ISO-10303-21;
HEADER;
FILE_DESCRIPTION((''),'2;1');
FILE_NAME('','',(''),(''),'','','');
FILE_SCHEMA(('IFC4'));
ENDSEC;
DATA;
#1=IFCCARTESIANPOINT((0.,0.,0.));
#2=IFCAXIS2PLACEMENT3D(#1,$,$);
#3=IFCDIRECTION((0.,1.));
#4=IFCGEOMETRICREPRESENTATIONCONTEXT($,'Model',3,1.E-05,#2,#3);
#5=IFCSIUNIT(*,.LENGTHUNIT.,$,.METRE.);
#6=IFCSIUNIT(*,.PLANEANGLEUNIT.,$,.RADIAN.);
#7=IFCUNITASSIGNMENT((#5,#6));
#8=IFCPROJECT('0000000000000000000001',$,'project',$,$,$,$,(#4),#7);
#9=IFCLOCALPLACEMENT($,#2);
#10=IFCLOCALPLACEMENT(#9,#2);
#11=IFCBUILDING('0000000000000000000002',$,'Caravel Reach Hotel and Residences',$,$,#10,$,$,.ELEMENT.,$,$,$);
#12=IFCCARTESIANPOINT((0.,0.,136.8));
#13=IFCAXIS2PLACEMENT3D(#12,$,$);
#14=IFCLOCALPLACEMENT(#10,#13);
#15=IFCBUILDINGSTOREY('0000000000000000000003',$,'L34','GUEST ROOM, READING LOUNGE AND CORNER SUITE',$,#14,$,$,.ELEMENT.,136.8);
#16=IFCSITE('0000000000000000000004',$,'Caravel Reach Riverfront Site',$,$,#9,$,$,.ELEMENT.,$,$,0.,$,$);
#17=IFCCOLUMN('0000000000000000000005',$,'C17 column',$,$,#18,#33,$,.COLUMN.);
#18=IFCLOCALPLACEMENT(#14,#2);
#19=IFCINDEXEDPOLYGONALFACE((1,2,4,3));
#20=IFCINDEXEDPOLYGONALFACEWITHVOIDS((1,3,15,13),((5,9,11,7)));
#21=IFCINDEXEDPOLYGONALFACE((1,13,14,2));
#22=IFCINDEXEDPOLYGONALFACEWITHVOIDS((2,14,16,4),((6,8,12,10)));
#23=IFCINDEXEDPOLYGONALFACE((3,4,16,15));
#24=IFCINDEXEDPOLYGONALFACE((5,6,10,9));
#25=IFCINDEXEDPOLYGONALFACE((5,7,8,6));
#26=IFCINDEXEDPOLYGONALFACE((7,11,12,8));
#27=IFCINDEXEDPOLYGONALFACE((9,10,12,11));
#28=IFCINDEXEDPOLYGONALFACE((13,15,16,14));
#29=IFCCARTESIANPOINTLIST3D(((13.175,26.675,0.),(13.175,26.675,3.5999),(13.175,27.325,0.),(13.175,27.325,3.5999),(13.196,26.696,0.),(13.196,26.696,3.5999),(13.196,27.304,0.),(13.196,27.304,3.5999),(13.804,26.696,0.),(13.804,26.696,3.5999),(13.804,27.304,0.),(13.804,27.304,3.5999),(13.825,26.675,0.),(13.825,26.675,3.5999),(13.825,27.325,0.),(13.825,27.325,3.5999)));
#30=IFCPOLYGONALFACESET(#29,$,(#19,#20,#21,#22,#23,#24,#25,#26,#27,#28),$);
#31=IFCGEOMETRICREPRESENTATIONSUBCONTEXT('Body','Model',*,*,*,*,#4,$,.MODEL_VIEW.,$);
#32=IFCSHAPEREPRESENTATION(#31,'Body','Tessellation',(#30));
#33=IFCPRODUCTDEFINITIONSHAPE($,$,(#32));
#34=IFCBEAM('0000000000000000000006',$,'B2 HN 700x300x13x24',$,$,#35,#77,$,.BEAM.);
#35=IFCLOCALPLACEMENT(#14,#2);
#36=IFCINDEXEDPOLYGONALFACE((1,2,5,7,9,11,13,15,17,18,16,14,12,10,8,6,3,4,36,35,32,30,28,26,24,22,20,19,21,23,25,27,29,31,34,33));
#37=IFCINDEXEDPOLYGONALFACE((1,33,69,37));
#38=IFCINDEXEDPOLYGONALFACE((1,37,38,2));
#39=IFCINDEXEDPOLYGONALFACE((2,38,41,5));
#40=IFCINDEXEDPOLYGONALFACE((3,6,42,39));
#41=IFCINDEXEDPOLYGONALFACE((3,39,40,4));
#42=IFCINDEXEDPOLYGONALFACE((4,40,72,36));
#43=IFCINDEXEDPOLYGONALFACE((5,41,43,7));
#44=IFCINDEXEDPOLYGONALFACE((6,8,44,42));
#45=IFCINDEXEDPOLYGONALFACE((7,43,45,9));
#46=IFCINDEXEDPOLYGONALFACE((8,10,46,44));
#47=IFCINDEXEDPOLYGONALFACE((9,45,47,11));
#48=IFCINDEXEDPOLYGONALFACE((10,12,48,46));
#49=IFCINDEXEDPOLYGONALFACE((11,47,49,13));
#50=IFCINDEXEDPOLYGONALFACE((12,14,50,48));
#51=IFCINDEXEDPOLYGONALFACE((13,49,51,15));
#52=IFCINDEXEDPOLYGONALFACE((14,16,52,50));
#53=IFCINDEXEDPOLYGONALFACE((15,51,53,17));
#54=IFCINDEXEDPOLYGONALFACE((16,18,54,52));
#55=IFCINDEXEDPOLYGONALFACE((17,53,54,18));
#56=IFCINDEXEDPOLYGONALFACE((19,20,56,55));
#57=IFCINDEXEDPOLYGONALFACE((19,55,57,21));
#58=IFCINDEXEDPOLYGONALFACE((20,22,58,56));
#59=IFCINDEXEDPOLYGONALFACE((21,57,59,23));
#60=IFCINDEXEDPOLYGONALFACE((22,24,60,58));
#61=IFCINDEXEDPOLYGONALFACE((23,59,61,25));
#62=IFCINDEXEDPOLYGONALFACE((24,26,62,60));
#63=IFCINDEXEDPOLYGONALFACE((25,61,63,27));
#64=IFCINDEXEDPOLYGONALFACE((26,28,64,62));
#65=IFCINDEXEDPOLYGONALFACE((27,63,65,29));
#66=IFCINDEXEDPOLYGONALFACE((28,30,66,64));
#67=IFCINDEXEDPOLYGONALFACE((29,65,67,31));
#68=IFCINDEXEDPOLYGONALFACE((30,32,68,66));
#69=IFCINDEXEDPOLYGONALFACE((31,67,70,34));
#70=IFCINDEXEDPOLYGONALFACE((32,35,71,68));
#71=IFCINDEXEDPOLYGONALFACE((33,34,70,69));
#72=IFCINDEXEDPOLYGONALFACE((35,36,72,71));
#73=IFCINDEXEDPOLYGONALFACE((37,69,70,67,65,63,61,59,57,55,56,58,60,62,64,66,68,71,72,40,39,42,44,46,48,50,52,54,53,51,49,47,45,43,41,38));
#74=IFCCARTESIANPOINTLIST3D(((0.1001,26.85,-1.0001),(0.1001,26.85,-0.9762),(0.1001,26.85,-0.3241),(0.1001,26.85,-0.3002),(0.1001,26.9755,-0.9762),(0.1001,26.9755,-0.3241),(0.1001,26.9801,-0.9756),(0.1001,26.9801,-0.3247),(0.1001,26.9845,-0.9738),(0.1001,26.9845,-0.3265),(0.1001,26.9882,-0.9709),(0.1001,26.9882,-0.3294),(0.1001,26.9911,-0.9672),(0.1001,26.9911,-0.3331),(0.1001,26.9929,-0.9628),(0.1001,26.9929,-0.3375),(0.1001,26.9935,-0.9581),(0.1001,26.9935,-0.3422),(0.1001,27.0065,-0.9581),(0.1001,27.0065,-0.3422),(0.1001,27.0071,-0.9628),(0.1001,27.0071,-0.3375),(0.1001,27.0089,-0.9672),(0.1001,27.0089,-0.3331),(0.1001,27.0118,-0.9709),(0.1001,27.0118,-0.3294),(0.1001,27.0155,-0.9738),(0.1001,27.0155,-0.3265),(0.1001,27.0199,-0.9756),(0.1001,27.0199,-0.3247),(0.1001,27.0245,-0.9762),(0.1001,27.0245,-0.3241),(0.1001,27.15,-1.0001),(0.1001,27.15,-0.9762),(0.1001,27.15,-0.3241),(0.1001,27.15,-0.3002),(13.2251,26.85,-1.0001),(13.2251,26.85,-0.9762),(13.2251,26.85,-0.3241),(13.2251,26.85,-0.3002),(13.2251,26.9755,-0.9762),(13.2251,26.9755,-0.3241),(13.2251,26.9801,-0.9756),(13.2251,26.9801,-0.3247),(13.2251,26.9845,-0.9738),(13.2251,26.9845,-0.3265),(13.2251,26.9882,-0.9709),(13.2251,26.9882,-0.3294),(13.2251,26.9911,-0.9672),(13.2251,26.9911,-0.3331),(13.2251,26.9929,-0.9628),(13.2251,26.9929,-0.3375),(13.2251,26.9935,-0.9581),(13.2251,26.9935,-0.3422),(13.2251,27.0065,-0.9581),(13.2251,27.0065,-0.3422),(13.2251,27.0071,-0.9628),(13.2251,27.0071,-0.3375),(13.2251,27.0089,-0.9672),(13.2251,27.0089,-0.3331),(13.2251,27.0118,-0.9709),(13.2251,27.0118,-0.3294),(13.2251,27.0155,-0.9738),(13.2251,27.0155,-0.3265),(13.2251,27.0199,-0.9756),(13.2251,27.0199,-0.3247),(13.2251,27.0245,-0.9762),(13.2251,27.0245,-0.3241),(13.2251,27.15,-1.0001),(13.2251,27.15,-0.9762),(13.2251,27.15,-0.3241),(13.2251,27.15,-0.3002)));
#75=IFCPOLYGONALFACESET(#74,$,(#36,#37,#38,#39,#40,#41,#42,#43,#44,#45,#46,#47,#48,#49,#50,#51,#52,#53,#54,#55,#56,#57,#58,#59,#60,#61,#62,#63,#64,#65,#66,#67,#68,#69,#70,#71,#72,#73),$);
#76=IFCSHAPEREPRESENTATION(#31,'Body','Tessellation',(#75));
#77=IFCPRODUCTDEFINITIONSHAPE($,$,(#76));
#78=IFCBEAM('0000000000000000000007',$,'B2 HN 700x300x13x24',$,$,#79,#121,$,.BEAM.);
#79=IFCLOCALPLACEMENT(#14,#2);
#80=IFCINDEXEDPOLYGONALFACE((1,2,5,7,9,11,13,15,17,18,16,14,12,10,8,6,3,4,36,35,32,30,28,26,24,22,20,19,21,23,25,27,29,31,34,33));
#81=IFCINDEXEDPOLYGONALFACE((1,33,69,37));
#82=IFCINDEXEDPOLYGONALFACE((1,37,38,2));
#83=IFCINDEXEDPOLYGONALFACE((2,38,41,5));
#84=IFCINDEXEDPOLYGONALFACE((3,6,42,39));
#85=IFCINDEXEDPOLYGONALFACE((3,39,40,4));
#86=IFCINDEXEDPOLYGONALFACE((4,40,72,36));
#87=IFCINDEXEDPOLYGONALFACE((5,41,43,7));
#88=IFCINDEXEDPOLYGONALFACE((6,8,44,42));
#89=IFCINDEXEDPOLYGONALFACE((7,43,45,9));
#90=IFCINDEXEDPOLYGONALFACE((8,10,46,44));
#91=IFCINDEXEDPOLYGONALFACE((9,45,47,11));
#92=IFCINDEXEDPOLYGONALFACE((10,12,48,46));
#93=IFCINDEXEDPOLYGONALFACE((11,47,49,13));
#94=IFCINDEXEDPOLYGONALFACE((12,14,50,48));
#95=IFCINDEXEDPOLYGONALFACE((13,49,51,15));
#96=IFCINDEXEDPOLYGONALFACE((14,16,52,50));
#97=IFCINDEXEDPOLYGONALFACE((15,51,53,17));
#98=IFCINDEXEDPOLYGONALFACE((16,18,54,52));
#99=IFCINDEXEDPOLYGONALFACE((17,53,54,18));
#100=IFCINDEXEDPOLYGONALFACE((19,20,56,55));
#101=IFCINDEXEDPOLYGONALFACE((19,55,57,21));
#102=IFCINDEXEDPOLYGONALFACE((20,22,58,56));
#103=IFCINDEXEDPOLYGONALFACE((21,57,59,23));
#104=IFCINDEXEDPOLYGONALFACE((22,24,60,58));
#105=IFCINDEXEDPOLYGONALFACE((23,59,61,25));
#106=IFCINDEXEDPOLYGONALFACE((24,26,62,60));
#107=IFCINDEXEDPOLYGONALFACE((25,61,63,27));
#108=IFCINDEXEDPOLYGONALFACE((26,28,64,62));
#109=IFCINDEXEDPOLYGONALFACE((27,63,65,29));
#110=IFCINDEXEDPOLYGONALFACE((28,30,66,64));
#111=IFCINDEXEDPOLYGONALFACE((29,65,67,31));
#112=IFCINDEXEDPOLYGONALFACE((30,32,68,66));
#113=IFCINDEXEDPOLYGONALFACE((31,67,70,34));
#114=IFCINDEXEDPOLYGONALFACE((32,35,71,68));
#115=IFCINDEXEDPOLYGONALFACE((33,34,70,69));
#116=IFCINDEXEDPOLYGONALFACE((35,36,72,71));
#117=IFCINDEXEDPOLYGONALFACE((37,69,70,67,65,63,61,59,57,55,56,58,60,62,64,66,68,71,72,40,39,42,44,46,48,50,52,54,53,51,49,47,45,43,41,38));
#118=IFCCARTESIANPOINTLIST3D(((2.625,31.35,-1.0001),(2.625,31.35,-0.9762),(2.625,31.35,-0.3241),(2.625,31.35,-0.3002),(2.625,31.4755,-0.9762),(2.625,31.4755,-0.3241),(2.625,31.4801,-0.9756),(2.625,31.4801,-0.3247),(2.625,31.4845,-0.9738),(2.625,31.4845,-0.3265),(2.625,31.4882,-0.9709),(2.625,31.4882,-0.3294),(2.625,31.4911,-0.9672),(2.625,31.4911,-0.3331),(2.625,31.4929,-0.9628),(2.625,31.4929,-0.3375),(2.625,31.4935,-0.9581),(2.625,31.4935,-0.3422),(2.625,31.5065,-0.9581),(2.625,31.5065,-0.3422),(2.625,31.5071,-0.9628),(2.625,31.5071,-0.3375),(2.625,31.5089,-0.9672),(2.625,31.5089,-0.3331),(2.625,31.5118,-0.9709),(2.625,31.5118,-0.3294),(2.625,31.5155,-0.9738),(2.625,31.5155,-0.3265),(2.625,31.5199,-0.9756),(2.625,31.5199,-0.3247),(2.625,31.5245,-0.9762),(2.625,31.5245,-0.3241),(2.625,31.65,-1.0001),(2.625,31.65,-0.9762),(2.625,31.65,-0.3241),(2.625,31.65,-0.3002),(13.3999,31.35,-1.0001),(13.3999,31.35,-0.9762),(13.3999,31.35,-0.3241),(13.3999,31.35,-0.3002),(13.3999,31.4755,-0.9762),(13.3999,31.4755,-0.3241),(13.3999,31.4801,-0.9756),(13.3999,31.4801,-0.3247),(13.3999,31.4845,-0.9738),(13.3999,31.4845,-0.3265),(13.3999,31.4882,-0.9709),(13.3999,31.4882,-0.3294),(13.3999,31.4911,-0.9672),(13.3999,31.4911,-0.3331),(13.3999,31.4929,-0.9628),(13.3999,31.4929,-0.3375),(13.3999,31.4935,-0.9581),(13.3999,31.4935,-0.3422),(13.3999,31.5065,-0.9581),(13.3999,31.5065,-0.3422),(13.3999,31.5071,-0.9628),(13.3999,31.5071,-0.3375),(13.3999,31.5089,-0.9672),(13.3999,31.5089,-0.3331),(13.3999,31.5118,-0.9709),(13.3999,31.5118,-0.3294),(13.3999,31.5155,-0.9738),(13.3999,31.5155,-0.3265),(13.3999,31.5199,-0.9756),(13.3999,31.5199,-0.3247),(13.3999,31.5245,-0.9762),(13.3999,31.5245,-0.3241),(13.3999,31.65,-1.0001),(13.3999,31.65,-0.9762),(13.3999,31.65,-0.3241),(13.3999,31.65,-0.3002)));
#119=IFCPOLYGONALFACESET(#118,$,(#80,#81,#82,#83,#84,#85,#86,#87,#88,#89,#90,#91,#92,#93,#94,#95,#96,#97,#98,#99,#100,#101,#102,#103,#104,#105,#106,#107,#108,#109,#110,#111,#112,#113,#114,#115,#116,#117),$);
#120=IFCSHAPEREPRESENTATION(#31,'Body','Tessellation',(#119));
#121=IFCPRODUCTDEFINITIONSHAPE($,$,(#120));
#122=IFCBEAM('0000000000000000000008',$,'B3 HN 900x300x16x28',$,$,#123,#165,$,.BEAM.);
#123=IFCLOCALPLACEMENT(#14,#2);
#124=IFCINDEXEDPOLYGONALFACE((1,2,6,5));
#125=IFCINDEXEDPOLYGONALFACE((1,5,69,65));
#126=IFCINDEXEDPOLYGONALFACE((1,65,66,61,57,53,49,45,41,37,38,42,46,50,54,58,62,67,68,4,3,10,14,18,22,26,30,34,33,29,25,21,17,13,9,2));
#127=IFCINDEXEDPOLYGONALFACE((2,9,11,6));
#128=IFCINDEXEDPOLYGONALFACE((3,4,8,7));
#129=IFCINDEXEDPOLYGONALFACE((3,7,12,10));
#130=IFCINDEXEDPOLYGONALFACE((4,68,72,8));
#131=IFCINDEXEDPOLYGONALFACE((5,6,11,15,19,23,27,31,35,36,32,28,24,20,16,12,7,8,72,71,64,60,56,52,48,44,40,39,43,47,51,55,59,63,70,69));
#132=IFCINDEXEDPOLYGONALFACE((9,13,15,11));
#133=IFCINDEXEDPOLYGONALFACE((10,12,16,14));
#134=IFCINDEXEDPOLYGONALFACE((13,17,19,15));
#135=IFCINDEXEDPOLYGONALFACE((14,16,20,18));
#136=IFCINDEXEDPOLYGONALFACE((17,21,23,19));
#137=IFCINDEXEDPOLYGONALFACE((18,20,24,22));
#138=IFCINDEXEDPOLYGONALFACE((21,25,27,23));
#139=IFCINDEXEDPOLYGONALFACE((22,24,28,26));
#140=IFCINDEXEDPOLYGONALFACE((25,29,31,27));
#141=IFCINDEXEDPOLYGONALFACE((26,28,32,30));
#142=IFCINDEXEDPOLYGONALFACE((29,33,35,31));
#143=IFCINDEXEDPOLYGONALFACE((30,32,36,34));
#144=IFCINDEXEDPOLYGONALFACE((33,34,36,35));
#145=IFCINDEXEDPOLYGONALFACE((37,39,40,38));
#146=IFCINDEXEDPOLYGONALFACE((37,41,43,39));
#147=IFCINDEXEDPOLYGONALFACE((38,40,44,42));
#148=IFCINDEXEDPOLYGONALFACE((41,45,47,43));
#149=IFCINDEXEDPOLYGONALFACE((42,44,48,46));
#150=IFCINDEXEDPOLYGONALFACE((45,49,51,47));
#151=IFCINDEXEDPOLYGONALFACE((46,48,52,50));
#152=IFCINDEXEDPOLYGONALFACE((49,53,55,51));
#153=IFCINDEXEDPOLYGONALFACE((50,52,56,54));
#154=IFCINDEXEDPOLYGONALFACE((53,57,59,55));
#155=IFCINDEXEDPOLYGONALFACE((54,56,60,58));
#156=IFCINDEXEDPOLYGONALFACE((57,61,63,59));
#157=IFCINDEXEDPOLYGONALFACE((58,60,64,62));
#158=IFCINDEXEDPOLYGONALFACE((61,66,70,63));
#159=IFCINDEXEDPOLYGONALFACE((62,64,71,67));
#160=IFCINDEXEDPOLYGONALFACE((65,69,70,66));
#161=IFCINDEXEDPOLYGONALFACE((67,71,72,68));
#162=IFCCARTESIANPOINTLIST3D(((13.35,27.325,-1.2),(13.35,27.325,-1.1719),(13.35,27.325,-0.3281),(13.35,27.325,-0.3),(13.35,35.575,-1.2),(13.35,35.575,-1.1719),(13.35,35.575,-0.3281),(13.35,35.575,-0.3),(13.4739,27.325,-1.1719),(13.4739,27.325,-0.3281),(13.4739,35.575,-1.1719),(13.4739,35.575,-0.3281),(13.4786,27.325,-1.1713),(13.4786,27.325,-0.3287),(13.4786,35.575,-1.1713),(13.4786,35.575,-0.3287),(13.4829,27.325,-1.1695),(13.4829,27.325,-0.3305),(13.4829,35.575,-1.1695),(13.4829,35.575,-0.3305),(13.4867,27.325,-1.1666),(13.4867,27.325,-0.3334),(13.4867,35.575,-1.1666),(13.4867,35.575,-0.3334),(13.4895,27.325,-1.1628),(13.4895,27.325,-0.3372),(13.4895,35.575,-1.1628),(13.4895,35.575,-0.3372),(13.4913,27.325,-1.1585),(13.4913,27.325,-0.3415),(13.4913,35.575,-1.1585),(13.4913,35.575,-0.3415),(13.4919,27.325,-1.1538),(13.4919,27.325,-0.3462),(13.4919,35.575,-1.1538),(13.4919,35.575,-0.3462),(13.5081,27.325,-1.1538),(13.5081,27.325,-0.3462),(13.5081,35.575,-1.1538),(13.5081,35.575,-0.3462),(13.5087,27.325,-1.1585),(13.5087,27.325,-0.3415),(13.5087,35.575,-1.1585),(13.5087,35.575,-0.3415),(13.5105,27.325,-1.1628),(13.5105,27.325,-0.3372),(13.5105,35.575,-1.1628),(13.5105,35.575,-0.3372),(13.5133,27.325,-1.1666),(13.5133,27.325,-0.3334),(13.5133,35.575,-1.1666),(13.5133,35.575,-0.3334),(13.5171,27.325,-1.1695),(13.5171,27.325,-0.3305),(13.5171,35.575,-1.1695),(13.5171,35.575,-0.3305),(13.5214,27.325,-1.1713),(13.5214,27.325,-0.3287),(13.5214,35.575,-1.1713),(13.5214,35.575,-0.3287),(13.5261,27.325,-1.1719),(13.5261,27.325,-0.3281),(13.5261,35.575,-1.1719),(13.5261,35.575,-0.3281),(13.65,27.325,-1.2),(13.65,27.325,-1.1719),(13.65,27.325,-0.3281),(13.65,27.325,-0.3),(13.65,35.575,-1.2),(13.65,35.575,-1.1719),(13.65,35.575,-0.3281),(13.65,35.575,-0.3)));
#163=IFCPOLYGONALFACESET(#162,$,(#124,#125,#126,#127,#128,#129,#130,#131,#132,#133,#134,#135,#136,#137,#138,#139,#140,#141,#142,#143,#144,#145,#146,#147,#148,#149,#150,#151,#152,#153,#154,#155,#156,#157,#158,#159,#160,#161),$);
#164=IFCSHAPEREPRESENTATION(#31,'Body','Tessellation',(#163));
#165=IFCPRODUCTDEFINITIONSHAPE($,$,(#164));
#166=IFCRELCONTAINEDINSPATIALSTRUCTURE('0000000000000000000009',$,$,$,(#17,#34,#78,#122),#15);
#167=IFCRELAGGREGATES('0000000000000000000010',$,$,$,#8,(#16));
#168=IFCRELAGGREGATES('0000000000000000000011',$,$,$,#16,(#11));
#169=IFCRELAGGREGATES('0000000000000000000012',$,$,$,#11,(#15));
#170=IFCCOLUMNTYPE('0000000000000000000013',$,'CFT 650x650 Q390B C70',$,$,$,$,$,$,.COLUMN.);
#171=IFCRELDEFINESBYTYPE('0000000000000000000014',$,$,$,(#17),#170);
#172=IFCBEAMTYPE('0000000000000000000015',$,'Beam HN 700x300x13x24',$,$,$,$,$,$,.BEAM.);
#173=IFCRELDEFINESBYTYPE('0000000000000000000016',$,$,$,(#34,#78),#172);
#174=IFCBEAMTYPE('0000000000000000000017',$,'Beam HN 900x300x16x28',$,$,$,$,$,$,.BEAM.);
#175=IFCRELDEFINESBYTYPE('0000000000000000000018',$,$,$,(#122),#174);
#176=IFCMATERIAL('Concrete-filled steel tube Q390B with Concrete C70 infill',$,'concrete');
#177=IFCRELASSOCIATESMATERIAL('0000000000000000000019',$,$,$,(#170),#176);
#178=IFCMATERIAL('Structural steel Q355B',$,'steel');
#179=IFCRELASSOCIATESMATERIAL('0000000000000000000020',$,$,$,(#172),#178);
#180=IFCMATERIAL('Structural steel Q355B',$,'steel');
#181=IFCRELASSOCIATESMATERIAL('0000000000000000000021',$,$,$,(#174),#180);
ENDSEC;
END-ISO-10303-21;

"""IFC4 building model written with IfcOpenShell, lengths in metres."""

from ifc_helpers import new_model, si_unit, direction, frame, origin, origin_2d, place, context, subcontext, project, spatial, hollow_rectangle, i_section, extrude, material, material_profile, profile_set, type_object, element, save


model = new_model("IFC4")

# Units and contexts
model_context = context("Model", 3, precision=1e-05, world=origin(), true_north=direction((0.0, 1.0)))
body_context = subcontext(model_context, "Body", "Model", "MODEL_VIEW")
ifc_project = project(units=[si_unit("LENGTHUNIT", "METRE"), si_unit("PLANEANGLEUNIT", "RADIAN")], contexts=[model_context])

# Site, building, storey
site_placement = place(None, origin())
site = spatial("IfcSite", under=ifc_project, at=site_placement, Name="Caravel Reach Riverfront Site", CompositionType="ELEMENT", RefElevation=0.0)
building_placement = place(site_placement, origin())
building = spatial("IfcBuilding", under=site, at=building_placement, Name="Caravel Reach Hotel and Residences", CompositionType="ELEMENT")
storey_placement = place(building_placement, frame((0.0, 0.0, 136.8)))
storey = spatial("IfcBuildingStorey", under=building, at=storey_placement, Name="L34", Description="GUEST ROOM, READING LOUNGE AND CORNER SUITE", CompositionType="ELEMENT", Elevation=136.8)

# Column
ifc_material_1 = material(Name="Concrete-filled steel tube Q390B with Concrete C70 infill", Category="concrete")
ifc_material_profile_1 = material_profile(ifc_material_1, hollow_rectangle(XDim=0.6499, YDim=0.6499, WallThickness=0.021, at=origin_2d()), Name="RHS 650x650x21")
ifc_profile_set_1 = profile_set([ifc_material_profile_1], Name="Concrete-filled steel tube Q390B with Concrete C70 infill")
column_type = type_object("IfcColumnType", Name="CFT 650x650 Q390B C70", PredefinedType="COLUMN", material=ifc_profile_set_1)
column_placement = place(storey_placement, frame((13.5, 27.0, 0.0), z_axis=(0.0, 0.0, 1.0), x_axis=(1.0, 0.0, 0.0)))
element("IfcColumn", 1, at=column_placement, inside=storey, type_object=column_type, Name="C17 column", PredefinedType="COLUMN", context=body_context, shape_type="SweptSolid", body=[
    extrude(hollow_rectangle(XDim=0.6499, YDim=0.6499, WallThickness=0.021, at=origin_2d()), origin(), (0.0, 0.0, 1.0), 3.5999),
])

# Beams
ifc_material_2 = material(Name="Structural steel Q355B", Category="steel")
ifc_material_profile_2 = material_profile(ifc_material_2, i_section(OverallWidth=0.3, OverallDepth=0.7, WebThickness=0.0129, FlangeThickness=0.0239, FilletRadius=0.0181, at=origin_2d()), Name="HN 700x300x13x24")
ifc_profile_set_2 = profile_set([ifc_material_profile_2], Name="Structural steel Q355B")
beam_type_1 = type_object("IfcBeamType", Name="Beam HN 700x300x13x24", PredefinedType="BEAM", material=ifc_profile_set_2)
beam_1_placement = place(storey_placement, frame((13.2251, 27.0, -0.6501), z_axis=(-1.0, 0.0, 0.0), x_axis=(0.0, -1.0, 0.0)))
element("IfcBeam", 2, at=beam_1_placement, inside=storey, type_object=beam_type_1, Name="B2 HN 700x300x13x24", PredefinedType="BEAM", context=body_context, shape_type="SweptSolid", body=[
    extrude(i_section(OverallWidth=0.3, OverallDepth=0.7, WebThickness=0.0129, FlangeThickness=0.0239, FilletRadius=0.0181, at=origin_2d()), origin(), (0.0, 0.0, 1.0), 13.125),
])
beam_2_placement = place(storey_placement, frame((13.3999, 31.5, -0.6501), z_axis=(-1.0, 0.0, 0.0), x_axis=(0.0, -1.0, 0.0)))
element("IfcBeam", 3, at=beam_2_placement, inside=storey, type_object=beam_type_1, Name="B2 HN 700x300x13x24", PredefinedType="BEAM", context=body_context, shape_type="SweptSolid", body=[
    extrude(i_section(OverallWidth=0.3, OverallDepth=0.7, WebThickness=0.0129, FlangeThickness=0.0239, FilletRadius=0.0181, at=origin_2d()), origin(), (0.0, 0.0, 1.0), 10.7749),
])
ifc_material_3 = material(Name="Structural steel Q355B", Category="steel")
ifc_material_profile_3 = material_profile(ifc_material_3, i_section(OverallWidth=0.3, OverallDepth=0.8999, WebThickness=0.0161, FlangeThickness=0.0281, FilletRadius=0.0181, at=origin_2d()), Name="HN 900x300x16x28")
ifc_profile_set_3 = profile_set([ifc_material_profile_3], Name="Structural steel Q355B")
beam_type_2 = type_object("IfcBeamType", Name="Beam HN 900x300x16x28", PredefinedType="BEAM", material=ifc_profile_set_3)
beam_3_placement = place(storey_placement, frame((13.5, 27.325, -0.75), z_axis=(0.0, 1.0, 0.0), x_axis=(-1.0, 0.0, 0.0)))
element("IfcBeam", 4, at=beam_3_placement, inside=storey, type_object=beam_type_2, Name="B3 HN 900x300x16x28", PredefinedType="BEAM", context=body_context, shape_type="SweptSolid", body=[
    extrude(i_section(OverallWidth=0.3, OverallDepth=0.8999, WebThickness=0.0161, FlangeThickness=0.0281, FilletRadius=0.0181, at=origin_2d()), origin(), (0.0, 0.0, 1.0), 8.25),
])

save(model, "model.ifc")
